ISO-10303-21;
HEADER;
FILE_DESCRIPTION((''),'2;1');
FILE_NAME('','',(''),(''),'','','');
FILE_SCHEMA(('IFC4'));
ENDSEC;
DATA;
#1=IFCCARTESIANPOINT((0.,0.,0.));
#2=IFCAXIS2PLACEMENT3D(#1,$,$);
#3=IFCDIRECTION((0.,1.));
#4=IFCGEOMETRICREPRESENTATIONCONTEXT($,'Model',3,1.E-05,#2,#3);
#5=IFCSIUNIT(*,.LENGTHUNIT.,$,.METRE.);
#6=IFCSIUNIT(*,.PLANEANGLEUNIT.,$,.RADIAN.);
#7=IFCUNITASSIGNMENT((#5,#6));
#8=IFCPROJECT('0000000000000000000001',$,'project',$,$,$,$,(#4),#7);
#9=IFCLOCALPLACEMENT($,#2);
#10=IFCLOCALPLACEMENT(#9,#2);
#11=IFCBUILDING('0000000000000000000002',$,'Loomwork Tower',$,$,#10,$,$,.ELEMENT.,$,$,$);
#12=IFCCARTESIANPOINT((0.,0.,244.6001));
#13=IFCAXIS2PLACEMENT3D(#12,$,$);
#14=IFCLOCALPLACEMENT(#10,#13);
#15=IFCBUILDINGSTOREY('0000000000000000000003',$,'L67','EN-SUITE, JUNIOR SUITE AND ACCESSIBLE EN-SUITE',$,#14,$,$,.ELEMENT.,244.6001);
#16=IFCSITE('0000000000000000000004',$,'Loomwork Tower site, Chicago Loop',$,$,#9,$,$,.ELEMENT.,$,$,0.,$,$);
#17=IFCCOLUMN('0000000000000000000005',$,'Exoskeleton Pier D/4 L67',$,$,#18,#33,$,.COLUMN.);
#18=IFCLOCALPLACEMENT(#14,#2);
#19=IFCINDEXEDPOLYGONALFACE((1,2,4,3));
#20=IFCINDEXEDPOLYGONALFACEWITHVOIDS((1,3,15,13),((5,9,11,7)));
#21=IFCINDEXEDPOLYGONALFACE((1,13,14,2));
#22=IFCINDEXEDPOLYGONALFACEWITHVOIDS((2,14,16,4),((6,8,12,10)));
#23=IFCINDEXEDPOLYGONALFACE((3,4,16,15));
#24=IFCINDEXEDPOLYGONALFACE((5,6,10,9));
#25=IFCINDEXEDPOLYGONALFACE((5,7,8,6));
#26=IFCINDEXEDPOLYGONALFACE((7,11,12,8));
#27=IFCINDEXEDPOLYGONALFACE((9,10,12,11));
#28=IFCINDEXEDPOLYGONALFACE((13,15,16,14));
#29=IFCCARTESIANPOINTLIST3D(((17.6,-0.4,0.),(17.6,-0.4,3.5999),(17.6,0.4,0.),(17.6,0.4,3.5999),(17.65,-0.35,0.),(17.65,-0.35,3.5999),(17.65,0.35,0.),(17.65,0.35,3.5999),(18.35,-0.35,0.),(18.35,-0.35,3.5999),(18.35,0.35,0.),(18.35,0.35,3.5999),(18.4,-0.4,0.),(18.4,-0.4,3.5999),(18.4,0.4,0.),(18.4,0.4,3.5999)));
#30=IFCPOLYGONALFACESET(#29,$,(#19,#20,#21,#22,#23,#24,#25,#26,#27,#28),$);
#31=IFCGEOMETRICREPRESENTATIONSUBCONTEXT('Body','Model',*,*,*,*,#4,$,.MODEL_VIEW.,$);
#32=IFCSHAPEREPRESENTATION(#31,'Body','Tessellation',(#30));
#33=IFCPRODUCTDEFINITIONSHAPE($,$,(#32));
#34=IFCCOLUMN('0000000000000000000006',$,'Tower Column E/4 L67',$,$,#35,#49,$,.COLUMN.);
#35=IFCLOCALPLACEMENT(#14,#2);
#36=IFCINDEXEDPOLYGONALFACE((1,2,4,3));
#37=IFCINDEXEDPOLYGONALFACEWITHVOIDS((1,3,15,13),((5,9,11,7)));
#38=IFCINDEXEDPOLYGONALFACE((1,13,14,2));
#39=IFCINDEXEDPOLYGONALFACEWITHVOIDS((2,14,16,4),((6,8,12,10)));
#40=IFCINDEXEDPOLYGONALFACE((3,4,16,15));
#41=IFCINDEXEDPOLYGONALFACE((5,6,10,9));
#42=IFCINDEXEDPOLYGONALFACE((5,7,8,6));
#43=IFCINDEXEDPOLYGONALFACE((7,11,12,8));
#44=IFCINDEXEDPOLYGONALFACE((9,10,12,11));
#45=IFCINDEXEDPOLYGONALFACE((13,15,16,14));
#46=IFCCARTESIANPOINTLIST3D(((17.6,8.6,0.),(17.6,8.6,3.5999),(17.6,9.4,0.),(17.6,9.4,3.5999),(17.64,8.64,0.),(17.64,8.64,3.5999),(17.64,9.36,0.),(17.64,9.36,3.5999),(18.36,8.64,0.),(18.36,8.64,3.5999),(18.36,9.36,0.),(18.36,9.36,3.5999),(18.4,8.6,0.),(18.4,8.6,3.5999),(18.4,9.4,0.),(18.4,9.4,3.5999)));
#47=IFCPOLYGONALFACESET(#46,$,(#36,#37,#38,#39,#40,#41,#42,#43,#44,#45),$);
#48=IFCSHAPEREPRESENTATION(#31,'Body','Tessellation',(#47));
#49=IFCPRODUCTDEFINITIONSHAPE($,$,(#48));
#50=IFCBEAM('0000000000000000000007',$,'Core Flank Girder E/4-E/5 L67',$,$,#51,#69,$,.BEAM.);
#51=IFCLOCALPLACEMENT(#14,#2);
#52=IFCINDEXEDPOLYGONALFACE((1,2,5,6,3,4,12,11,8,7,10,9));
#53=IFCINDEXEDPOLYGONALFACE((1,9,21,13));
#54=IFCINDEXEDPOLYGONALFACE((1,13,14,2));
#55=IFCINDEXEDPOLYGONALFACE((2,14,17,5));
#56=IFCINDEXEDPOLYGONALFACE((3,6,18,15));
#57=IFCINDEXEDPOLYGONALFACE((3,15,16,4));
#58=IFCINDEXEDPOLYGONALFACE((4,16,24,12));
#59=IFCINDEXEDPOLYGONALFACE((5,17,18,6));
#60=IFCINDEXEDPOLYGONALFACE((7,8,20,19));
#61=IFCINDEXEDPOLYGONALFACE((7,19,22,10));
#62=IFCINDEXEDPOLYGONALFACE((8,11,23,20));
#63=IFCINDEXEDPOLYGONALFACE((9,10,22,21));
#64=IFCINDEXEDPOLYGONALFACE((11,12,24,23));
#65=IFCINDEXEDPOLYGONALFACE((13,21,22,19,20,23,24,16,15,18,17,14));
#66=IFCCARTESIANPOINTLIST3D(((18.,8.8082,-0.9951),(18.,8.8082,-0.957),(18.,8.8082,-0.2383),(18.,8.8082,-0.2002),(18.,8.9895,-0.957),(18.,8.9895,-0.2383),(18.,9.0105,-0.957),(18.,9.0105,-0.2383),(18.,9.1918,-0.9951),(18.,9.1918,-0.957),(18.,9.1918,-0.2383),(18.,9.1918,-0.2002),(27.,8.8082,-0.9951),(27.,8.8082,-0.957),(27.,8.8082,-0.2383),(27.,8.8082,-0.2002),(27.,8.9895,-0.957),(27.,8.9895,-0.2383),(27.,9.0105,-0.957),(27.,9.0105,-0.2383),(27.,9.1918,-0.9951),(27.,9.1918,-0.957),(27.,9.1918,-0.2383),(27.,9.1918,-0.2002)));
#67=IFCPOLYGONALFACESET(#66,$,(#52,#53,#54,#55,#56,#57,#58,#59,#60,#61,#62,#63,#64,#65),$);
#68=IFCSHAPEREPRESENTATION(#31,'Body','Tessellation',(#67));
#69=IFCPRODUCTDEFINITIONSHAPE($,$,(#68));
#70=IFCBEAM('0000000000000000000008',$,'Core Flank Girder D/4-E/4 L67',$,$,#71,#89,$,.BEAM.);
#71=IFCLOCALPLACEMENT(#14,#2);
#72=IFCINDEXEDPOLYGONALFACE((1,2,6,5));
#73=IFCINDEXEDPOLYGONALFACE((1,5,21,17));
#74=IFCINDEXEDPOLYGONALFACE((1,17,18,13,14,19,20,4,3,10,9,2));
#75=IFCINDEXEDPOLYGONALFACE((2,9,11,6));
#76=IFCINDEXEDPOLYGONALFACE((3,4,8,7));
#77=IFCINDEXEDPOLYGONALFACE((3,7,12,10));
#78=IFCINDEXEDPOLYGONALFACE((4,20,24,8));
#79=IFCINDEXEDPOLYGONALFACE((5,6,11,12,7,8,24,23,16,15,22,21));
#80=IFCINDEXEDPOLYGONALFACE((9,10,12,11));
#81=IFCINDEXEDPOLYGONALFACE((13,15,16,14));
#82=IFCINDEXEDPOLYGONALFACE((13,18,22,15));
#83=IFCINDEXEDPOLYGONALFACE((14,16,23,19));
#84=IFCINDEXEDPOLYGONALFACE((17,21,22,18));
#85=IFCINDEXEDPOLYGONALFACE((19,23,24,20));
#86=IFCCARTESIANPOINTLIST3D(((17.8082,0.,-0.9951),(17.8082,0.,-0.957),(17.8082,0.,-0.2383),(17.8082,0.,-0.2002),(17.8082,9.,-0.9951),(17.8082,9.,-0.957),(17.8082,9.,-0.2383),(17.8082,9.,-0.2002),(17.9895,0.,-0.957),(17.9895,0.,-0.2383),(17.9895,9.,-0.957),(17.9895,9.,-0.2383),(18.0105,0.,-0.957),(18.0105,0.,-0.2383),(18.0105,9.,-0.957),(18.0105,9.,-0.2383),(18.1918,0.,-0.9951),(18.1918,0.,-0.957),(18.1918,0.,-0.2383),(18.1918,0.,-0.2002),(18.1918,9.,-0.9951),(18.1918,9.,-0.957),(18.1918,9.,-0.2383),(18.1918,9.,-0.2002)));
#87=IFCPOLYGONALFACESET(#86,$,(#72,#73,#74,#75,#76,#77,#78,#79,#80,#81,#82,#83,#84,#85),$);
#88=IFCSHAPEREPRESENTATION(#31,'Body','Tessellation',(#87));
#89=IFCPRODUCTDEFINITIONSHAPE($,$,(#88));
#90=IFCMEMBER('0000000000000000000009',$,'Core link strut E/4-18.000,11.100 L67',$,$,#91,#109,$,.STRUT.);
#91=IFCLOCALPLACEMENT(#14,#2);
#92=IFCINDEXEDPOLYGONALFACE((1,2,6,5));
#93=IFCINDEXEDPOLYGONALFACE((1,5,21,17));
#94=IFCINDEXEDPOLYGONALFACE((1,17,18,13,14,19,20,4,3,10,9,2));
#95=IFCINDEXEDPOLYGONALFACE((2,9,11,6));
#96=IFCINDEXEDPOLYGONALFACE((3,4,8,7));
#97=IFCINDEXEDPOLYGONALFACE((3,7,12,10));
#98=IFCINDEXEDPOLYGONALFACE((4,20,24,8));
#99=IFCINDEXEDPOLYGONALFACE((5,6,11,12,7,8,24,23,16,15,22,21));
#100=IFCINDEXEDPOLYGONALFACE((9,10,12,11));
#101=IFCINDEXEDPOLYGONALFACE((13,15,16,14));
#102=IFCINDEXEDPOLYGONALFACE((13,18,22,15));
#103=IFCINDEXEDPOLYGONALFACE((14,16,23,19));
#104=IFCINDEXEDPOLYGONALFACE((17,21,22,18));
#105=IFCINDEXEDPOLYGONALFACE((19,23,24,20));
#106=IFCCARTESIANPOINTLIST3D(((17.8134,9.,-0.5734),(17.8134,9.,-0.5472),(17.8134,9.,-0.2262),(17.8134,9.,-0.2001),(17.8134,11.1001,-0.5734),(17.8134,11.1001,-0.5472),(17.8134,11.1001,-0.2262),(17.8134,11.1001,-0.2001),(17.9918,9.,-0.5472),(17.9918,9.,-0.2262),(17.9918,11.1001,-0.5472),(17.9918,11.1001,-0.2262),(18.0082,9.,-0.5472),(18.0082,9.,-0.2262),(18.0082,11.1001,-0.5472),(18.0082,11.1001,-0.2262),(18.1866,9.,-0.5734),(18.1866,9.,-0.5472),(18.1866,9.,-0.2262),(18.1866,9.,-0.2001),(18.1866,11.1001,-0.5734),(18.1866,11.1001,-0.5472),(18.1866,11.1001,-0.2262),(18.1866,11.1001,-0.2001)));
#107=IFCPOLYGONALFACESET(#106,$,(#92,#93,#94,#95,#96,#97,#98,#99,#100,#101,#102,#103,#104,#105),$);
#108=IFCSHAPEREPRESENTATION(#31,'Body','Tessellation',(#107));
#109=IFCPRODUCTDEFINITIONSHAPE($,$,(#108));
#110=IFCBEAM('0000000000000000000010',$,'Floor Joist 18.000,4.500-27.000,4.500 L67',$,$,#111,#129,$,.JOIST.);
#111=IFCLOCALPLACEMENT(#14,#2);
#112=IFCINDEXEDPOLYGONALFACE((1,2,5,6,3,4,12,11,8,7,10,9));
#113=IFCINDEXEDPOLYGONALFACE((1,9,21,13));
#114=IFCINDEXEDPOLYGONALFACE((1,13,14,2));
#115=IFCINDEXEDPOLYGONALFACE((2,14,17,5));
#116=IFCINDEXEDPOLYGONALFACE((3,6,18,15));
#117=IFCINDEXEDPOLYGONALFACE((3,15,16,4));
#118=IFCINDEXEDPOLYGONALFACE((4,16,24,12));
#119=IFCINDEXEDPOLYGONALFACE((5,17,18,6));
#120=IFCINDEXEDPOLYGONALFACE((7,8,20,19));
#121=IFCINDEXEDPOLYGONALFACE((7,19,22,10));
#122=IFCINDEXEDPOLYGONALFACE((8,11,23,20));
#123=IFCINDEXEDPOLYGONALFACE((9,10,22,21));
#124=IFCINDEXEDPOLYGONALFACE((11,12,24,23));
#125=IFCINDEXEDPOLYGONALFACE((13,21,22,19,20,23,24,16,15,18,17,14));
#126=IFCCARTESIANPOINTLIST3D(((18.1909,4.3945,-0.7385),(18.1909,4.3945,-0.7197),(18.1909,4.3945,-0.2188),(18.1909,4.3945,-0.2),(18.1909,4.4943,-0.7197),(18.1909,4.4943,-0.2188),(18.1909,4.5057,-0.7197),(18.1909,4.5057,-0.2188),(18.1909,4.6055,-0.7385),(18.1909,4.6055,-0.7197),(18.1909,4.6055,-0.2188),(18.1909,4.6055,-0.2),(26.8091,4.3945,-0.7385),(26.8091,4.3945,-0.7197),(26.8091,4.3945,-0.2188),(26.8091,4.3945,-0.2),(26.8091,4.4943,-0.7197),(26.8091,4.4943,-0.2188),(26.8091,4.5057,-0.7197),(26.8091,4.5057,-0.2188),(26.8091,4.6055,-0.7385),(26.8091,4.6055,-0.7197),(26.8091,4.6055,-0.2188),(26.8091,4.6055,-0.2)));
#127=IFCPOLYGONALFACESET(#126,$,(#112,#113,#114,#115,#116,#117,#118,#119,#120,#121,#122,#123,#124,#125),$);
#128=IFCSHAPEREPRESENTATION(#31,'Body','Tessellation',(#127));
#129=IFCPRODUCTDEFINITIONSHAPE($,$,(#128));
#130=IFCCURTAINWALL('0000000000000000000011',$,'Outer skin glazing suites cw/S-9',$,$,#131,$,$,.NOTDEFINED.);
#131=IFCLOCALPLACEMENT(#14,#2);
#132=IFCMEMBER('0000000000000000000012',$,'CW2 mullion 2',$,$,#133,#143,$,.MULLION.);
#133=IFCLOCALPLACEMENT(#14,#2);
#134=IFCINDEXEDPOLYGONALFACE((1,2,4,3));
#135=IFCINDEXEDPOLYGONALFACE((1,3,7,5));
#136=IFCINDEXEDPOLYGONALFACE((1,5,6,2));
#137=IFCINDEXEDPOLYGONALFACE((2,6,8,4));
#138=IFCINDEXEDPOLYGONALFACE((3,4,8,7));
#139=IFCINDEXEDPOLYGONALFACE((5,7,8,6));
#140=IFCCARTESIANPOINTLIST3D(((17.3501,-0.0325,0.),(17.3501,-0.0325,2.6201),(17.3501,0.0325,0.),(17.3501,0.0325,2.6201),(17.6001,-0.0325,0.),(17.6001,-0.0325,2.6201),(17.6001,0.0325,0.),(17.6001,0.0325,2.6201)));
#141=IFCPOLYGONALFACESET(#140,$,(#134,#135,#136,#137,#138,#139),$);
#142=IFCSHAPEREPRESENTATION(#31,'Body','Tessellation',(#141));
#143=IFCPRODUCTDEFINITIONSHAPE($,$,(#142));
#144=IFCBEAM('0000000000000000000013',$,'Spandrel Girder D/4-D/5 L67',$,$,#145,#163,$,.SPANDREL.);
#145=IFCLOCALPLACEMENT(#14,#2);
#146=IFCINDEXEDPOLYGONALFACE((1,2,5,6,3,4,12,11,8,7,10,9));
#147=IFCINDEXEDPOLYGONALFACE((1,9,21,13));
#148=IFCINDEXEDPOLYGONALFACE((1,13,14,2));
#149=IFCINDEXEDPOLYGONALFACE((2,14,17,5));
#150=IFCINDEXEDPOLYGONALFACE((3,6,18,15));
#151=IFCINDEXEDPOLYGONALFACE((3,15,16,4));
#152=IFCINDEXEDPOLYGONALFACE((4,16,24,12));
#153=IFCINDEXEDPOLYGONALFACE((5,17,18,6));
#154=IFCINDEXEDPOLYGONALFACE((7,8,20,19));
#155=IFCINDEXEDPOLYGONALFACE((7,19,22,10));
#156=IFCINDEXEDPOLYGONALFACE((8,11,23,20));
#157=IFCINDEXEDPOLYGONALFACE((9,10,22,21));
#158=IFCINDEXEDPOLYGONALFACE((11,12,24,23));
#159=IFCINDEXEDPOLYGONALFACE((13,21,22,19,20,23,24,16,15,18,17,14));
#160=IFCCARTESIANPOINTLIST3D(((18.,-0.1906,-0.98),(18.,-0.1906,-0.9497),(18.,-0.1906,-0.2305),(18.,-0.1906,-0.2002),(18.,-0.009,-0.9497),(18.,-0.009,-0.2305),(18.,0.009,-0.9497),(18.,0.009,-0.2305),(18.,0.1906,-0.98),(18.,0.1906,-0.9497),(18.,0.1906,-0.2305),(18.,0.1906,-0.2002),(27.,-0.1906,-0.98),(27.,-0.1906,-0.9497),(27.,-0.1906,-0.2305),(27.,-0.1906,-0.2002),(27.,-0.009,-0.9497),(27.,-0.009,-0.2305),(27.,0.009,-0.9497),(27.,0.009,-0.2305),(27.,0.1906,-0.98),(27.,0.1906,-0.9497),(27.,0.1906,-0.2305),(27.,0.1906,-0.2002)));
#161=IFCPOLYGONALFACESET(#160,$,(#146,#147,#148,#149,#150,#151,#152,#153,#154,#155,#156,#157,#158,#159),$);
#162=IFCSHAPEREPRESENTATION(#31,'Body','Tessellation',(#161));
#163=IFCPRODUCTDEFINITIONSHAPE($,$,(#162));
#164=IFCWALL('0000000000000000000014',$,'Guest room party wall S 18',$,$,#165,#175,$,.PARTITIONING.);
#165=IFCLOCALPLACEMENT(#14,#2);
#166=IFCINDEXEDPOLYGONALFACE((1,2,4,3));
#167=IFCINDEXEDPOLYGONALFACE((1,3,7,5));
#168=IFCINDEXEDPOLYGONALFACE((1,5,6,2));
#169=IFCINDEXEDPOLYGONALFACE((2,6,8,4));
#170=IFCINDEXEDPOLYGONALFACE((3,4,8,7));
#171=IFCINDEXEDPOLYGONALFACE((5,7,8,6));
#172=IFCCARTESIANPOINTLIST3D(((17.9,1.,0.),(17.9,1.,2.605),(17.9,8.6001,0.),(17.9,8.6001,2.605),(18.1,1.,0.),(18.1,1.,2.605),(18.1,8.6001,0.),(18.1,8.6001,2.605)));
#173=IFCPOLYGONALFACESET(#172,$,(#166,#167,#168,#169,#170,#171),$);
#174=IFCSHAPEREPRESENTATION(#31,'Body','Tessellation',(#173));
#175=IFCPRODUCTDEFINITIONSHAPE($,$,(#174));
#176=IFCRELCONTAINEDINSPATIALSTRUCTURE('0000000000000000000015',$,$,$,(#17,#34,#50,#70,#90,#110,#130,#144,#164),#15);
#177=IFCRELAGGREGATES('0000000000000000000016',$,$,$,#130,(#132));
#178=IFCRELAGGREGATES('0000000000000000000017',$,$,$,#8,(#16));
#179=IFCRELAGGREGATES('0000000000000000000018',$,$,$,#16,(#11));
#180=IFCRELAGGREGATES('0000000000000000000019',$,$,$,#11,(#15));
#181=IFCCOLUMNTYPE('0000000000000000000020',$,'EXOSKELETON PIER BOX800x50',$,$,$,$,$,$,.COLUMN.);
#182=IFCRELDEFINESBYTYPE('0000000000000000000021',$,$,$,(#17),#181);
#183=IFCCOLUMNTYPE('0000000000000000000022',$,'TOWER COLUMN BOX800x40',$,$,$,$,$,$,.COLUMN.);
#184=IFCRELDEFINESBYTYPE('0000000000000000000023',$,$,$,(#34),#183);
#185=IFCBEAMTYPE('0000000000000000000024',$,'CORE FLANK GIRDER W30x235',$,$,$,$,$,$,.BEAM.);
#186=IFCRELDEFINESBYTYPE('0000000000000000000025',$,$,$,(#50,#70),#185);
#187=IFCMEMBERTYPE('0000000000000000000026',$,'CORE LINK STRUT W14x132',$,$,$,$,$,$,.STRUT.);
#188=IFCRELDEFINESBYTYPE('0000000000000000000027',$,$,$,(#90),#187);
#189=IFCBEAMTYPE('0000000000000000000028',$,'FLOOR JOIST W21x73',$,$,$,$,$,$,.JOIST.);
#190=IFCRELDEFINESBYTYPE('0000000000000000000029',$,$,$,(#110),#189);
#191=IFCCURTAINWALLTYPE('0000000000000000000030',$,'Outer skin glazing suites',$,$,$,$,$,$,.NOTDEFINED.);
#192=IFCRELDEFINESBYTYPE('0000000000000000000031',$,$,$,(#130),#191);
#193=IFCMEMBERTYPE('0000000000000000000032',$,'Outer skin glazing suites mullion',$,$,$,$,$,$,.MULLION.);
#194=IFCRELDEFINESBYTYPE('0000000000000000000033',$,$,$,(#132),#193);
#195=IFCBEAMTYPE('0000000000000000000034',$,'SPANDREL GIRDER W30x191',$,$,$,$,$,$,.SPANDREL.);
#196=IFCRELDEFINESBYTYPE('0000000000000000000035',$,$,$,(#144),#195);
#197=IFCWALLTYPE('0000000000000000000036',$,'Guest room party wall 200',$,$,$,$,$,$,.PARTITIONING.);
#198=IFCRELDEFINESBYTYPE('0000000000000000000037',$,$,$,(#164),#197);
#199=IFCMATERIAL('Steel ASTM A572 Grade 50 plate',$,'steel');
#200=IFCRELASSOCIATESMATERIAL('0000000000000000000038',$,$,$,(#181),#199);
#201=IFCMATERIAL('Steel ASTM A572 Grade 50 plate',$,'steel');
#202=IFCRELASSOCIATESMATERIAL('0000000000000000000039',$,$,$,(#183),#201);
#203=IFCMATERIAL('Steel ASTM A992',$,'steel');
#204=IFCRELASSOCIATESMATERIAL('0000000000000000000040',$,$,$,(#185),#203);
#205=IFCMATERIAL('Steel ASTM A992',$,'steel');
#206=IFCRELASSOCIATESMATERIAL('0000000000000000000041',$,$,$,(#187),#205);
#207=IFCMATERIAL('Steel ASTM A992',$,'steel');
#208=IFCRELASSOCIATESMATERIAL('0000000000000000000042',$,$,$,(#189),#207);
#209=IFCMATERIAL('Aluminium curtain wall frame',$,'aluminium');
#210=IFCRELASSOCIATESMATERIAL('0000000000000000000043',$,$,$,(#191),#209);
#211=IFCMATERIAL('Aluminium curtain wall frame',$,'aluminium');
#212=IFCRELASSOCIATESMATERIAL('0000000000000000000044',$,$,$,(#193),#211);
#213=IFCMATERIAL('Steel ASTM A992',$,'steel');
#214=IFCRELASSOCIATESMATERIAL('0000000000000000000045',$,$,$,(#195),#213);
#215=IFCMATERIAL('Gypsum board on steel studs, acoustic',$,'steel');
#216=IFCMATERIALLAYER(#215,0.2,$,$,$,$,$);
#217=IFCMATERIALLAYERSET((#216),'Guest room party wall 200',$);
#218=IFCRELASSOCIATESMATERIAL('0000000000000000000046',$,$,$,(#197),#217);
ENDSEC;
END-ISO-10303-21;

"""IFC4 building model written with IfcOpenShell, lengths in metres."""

from ifc_helpers import new_model, si_unit, direction, frame, frame_2d, origin, origin_2d, place, context, subcontext, project, spatial, rectangle, hollow_rectangle, i_section, extrude, material, layer, layer_set, material_profile, profile_set, type_object, element, aggregate, save


model = new_model("IFC4")

# Units and contexts
model_context = context("Model", 3, precision=1e-05, world=origin(), true_north=direction((0.0, 1.0)))
body_context = subcontext(model_context, "Body", "Model", "MODEL_VIEW")
ifc_project = project(units=[si_unit("LENGTHUNIT", "METRE"), si_unit("PLANEANGLEUNIT", "RADIAN")], contexts=[model_context])

# Site, building, storey
site_placement = place(None, origin())
site = spatial("IfcSite", under=ifc_project, at=site_placement, Name="Loomwork Tower site, Chicago Loop", CompositionType="ELEMENT", RefElevation=0.0)
building_placement = place(site_placement, origin())
building = spatial("IfcBuilding", under=site, at=building_placement, Name="Loomwork Tower", CompositionType="ELEMENT")
storey_placement = place(building_placement, frame((0.0, 0.0, 244.6001)))
storey = spatial("IfcBuildingStorey", under=building, at=storey_placement, Name="L67", Description="EN-SUITE, JUNIOR SUITE AND ACCESSIBLE EN-SUITE", CompositionType="ELEMENT", Elevation=244.6001)

# Columns
ifc_material_1 = material(Name="Steel ASTM A572 Grade 50 plate", Category="steel")
ifc_material_profile_1 = material_profile(ifc_material_1, hollow_rectangle(XDim=0.8, YDim=0.8, WallThickness=0.05, at=origin_2d()), Name="BOX800x50")
ifc_profile_set_1 = profile_set([ifc_material_profile_1], Name="Steel ASTM A572 Grade 50 plate")
column_type_1 = type_object("IfcColumnType", Name="EXOSKELETON PIER BOX800x50", PredefinedType="COLUMN", material=ifc_profile_set_1)
column_1_placement = place(storey_placement, frame((18.0, 0.0, 0.0), z_axis=(0.0, 0.0, 1.0), x_axis=(1.0, 0.0, 0.0)))
element("IfcColumn", 1, at=column_1_placement, inside=storey, type_object=column_type_1, Name="Exoskeleton Pier D/4 L67", PredefinedType="COLUMN", context=body_context, shape_type="SweptSolid", body=[
    extrude(hollow_rectangle(XDim=0.8, YDim=0.8, WallThickness=0.05, at=origin_2d()), origin(), (0.0, 0.0, 1.0), 3.5999),
])
ifc_material_2 = material(Name="Steel ASTM A572 Grade 50 plate", Category="steel")
ifc_material_profile_2 = material_profile(ifc_material_2, hollow_rectangle(XDim=0.8, YDim=0.8, WallThickness=0.04, at=origin_2d()), Name="BOX800x40")
ifc_profile_set_2 = profile_set([ifc_material_profile_2], Name="Steel ASTM A572 Grade 50 plate")
column_type_2 = type_object("IfcColumnType", Name="TOWER COLUMN BOX800x40", PredefinedType="COLUMN", material=ifc_profile_set_2)
column_2_placement = place(storey_placement, frame((18.0, 9.0, 0.0), z_axis=(0.0, 0.0, 1.0), x_axis=(1.0, 0.0, 0.0)))
element("IfcColumn", 2, at=column_2_placement, inside=storey, type_object=column_type_2, Name="Tower Column E/4 L67", PredefinedType="COLUMN", context=body_context, shape_type="SweptSolid", body=[
    extrude(hollow_rectangle(XDim=0.8, YDim=0.8, WallThickness=0.04, at=origin_2d()), origin(), (0.0, 0.0, 1.0), 3.5999),
])

# Beams
ifc_material_3 = material(Name="Steel ASTM A992", Category="steel")
ifc_material_profile_3 = material_profile(ifc_material_3, i_section(OverallWidth=0.3835, OverallDepth=0.7949, WebThickness=0.021, FlangeThickness=0.0381, at=origin_2d()), Name="W30x235")
ifc_profile_set_3 = profile_set([ifc_material_profile_3], Name="Steel ASTM A992")
beam_type_1 = type_object("IfcBeamType", Name="CORE FLANK GIRDER W30x235", PredefinedType="BEAM", material=ifc_profile_set_3)
for number, where, z_axis, x_axis, name in (
    (3, (18.0, 9.0, -0.5977), (1.0, 0.0, 0.0), (0.0, 1.0, 0.0), "Core Flank Girder E/4-E/5 L67"),
    (4, (18.0, 0.0, -0.5977), (0.0, 1.0, 0.0), (-1.0, 0.0, 0.0), "Core Flank Girder D/4-E/4 L67"),
):
    element("IfcBeam", number, at=place(storey_placement, frame(where, z_axis=z_axis, x_axis=x_axis)), inside=storey, type_object=beam_type_1, Name=name, PredefinedType="BEAM", context=body_context, shape_type="SweptSolid", body=[
        extrude(i_section(OverallWidth=0.3835, OverallDepth=0.7949, WebThickness=0.021, FlangeThickness=0.0381, at=origin_2d()), origin(), (0.0, 0.0, 1.0), 9.0),
    ])

# Member
ifc_material_4 = material(Name="Steel ASTM A992", Category="steel")
ifc_material_profile_4 = material_profile(ifc_material_4, i_section(OverallWidth=0.3733, OverallDepth=0.3733, WebThickness=0.0164, FlangeThickness=0.0261, at=origin_2d()), Name="W14x132")
ifc_profile_set_4 = profile_set([ifc_material_profile_4], Name="Steel ASTM A992")
member_type_1 = type_object("IfcMemberType", Name="CORE LINK STRUT W14x132", PredefinedType="STRUT", material=ifc_profile_set_4)
member_1_placement = place(storey_placement, frame((18.0, 9.0, -0.3867), z_axis=(0.0, 1.0, 0.0), x_axis=(-1.0, 0.0, 0.0)))
element("IfcMember", 5, at=member_1_placement, inside=storey, type_object=member_type_1, Name="Core link strut E/4-18.000,11.100 L67", PredefinedType="STRUT", context=body_context, shape_type="SweptSolid", body=[
    extrude(i_section(OverallWidth=0.3733, OverallDepth=0.3733, WebThickness=0.0164, FlangeThickness=0.0261, at=origin_2d()), origin(), (0.0, 0.0, 1.0), 2.1001),
])

# Beam
ifc_material_5 = material(Name="Steel ASTM A992", Category="steel")
ifc_material_profile_5 = material_profile(ifc_material_5, i_section(OverallWidth=0.2109, OverallDepth=0.5386, WebThickness=0.0115, FlangeThickness=0.0188, at=origin_2d()), Name="W21x73")
ifc_profile_set_5 = profile_set([ifc_material_profile_5], Name="Steel ASTM A992")
beam_type_2 = type_object("IfcBeamType", Name="FLOOR JOIST W21x73", PredefinedType="JOIST", material=ifc_profile_set_5)
beam_1_placement = place(storey_placement, frame((18.1909, 4.5, -0.4692), z_axis=(1.0, 0.0, 0.0), x_axis=(0.0, 1.0, 0.0)))
element("IfcBeam", 6, at=beam_1_placement, inside=storey, type_object=beam_type_2, Name="Floor Joist 18.000,4.500-27.000,4.500 L67", PredefinedType="JOIST", context=body_context, shape_type="SweptSolid", body=[
    extrude(i_section(OverallWidth=0.2109, OverallDepth=0.5386, WebThickness=0.0115, FlangeThickness=0.0188, at=origin_2d()), origin(), (0.0, 0.0, 1.0), 8.6182),
])

# Curtain wall, member
ifc_material_6 = material(Name="Aluminium curtain wall frame", Category="aluminium")
curtain_wall_type = type_object("IfcCurtainWallType", Name="Outer skin glazing suites", PredefinedType="NOTDEFINED", material=ifc_material_6)
curtain_wall_placement = place(storey_placement, origin())
curtain_wall = element("IfcCurtainWall", 7, at=curtain_wall_placement, inside=storey, type_object=curtain_wall_type, Name="Outer skin glazing suites cw/S-9", PredefinedType="NOTDEFINED")
ifc_material_7 = material(Name="Aluminium curtain wall frame", Category="aluminium")
ifc_material_profile_6 = material_profile(ifc_material_7, rectangle(XDim=0.0649, YDim=0.25, at=origin_2d()), Name="AL 65x250")
ifc_profile_set_6 = profile_set([ifc_material_profile_6], Name="Aluminium curtain wall frame")
member_type_2 = type_object("IfcMemberType", Name="Outer skin glazing suites mullion", PredefinedType="MULLION", material=ifc_profile_set_6)
member_2_placement = place(storey_placement, frame((17.4751, 0.0, 0.0), z_axis=(0.0, 0.0, 1.0), x_axis=(0.0, 1.0, 0.0)))
member_2 = element("IfcMember", 8, at=member_2_placement, type_object=member_type_2, Name="CW2 mullion 2", PredefinedType="MULLION", context=body_context, shape_type="SweptSolid", body=[
    extrude(rectangle(XDim=0.0649, YDim=0.25, at=origin_2d()), origin(), (0.0, 0.0, 1.0), 2.6201),
])
aggregate(curtain_wall, [member_2])

# Beam
ifc_material_8 = material(Name="Steel ASTM A992", Category="steel")
ifc_material_profile_7 = material_profile(ifc_material_8, i_section(OverallWidth=0.3811, OverallDepth=0.7798, WebThickness=0.0181, FlangeThickness=0.0303, at=origin_2d()), Name="W30x191")
ifc_profile_set_7 = profile_set([ifc_material_profile_7], Name="Steel ASTM A992")
beam_type_3 = type_object("IfcBeamType", Name="SPANDREL GIRDER W30x191", PredefinedType="SPANDREL", material=ifc_profile_set_7)
beam_2_placement = place(storey_placement, frame((18.0, 0.0, -0.5901), z_axis=(1.0, 0.0, 0.0), x_axis=(0.0, 1.0, 0.0)))
element("IfcBeam", 9, at=beam_2_placement, inside=storey, type_object=beam_type_3, Name="Spandrel Girder D/4-D/5 L67", PredefinedType="SPANDREL", context=body_context, shape_type="SweptSolid", body=[
    extrude(i_section(OverallWidth=0.3811, OverallDepth=0.7798, WebThickness=0.0181, FlangeThickness=0.0303, at=origin_2d()), origin(), (0.0, 0.0, 1.0), 9.0),
])

# Wall
ifc_material_9 = material(Name="Gypsum board on steel studs, acoustic", Category="steel")
ifc_layer_1 = layer(ifc_material_9, 0.2)
ifc_layer_set_1 = layer_set([ifc_layer_1], Name="Guest room party wall 200")
wall_type_1 = type_object("IfcWallType", Name="Guest room party wall 200", PredefinedType="PARTITIONING", material=ifc_layer_set_1)
wall_1_placement = place(storey_placement, frame((18.0, 8.6001, 0.0), z_axis=(0.0, 0.0, 1.0), x_axis=(0.0, -1.0, 0.0)))
element("IfcWall", 10, at=wall_1_placement, inside=storey, type_object=wall_type_1, Name="Guest room party wall S 18", PredefinedType="PARTITIONING", context=body_context, shape_type="SweptSolid", body=[
    extrude(rectangle(XDim=7.6001, YDim=0.2, at=frame_2d((3.8, 0.0))), origin(), (0.0, 0.0, 1.0), 2.605),
])

save(model, "model.ifc")
